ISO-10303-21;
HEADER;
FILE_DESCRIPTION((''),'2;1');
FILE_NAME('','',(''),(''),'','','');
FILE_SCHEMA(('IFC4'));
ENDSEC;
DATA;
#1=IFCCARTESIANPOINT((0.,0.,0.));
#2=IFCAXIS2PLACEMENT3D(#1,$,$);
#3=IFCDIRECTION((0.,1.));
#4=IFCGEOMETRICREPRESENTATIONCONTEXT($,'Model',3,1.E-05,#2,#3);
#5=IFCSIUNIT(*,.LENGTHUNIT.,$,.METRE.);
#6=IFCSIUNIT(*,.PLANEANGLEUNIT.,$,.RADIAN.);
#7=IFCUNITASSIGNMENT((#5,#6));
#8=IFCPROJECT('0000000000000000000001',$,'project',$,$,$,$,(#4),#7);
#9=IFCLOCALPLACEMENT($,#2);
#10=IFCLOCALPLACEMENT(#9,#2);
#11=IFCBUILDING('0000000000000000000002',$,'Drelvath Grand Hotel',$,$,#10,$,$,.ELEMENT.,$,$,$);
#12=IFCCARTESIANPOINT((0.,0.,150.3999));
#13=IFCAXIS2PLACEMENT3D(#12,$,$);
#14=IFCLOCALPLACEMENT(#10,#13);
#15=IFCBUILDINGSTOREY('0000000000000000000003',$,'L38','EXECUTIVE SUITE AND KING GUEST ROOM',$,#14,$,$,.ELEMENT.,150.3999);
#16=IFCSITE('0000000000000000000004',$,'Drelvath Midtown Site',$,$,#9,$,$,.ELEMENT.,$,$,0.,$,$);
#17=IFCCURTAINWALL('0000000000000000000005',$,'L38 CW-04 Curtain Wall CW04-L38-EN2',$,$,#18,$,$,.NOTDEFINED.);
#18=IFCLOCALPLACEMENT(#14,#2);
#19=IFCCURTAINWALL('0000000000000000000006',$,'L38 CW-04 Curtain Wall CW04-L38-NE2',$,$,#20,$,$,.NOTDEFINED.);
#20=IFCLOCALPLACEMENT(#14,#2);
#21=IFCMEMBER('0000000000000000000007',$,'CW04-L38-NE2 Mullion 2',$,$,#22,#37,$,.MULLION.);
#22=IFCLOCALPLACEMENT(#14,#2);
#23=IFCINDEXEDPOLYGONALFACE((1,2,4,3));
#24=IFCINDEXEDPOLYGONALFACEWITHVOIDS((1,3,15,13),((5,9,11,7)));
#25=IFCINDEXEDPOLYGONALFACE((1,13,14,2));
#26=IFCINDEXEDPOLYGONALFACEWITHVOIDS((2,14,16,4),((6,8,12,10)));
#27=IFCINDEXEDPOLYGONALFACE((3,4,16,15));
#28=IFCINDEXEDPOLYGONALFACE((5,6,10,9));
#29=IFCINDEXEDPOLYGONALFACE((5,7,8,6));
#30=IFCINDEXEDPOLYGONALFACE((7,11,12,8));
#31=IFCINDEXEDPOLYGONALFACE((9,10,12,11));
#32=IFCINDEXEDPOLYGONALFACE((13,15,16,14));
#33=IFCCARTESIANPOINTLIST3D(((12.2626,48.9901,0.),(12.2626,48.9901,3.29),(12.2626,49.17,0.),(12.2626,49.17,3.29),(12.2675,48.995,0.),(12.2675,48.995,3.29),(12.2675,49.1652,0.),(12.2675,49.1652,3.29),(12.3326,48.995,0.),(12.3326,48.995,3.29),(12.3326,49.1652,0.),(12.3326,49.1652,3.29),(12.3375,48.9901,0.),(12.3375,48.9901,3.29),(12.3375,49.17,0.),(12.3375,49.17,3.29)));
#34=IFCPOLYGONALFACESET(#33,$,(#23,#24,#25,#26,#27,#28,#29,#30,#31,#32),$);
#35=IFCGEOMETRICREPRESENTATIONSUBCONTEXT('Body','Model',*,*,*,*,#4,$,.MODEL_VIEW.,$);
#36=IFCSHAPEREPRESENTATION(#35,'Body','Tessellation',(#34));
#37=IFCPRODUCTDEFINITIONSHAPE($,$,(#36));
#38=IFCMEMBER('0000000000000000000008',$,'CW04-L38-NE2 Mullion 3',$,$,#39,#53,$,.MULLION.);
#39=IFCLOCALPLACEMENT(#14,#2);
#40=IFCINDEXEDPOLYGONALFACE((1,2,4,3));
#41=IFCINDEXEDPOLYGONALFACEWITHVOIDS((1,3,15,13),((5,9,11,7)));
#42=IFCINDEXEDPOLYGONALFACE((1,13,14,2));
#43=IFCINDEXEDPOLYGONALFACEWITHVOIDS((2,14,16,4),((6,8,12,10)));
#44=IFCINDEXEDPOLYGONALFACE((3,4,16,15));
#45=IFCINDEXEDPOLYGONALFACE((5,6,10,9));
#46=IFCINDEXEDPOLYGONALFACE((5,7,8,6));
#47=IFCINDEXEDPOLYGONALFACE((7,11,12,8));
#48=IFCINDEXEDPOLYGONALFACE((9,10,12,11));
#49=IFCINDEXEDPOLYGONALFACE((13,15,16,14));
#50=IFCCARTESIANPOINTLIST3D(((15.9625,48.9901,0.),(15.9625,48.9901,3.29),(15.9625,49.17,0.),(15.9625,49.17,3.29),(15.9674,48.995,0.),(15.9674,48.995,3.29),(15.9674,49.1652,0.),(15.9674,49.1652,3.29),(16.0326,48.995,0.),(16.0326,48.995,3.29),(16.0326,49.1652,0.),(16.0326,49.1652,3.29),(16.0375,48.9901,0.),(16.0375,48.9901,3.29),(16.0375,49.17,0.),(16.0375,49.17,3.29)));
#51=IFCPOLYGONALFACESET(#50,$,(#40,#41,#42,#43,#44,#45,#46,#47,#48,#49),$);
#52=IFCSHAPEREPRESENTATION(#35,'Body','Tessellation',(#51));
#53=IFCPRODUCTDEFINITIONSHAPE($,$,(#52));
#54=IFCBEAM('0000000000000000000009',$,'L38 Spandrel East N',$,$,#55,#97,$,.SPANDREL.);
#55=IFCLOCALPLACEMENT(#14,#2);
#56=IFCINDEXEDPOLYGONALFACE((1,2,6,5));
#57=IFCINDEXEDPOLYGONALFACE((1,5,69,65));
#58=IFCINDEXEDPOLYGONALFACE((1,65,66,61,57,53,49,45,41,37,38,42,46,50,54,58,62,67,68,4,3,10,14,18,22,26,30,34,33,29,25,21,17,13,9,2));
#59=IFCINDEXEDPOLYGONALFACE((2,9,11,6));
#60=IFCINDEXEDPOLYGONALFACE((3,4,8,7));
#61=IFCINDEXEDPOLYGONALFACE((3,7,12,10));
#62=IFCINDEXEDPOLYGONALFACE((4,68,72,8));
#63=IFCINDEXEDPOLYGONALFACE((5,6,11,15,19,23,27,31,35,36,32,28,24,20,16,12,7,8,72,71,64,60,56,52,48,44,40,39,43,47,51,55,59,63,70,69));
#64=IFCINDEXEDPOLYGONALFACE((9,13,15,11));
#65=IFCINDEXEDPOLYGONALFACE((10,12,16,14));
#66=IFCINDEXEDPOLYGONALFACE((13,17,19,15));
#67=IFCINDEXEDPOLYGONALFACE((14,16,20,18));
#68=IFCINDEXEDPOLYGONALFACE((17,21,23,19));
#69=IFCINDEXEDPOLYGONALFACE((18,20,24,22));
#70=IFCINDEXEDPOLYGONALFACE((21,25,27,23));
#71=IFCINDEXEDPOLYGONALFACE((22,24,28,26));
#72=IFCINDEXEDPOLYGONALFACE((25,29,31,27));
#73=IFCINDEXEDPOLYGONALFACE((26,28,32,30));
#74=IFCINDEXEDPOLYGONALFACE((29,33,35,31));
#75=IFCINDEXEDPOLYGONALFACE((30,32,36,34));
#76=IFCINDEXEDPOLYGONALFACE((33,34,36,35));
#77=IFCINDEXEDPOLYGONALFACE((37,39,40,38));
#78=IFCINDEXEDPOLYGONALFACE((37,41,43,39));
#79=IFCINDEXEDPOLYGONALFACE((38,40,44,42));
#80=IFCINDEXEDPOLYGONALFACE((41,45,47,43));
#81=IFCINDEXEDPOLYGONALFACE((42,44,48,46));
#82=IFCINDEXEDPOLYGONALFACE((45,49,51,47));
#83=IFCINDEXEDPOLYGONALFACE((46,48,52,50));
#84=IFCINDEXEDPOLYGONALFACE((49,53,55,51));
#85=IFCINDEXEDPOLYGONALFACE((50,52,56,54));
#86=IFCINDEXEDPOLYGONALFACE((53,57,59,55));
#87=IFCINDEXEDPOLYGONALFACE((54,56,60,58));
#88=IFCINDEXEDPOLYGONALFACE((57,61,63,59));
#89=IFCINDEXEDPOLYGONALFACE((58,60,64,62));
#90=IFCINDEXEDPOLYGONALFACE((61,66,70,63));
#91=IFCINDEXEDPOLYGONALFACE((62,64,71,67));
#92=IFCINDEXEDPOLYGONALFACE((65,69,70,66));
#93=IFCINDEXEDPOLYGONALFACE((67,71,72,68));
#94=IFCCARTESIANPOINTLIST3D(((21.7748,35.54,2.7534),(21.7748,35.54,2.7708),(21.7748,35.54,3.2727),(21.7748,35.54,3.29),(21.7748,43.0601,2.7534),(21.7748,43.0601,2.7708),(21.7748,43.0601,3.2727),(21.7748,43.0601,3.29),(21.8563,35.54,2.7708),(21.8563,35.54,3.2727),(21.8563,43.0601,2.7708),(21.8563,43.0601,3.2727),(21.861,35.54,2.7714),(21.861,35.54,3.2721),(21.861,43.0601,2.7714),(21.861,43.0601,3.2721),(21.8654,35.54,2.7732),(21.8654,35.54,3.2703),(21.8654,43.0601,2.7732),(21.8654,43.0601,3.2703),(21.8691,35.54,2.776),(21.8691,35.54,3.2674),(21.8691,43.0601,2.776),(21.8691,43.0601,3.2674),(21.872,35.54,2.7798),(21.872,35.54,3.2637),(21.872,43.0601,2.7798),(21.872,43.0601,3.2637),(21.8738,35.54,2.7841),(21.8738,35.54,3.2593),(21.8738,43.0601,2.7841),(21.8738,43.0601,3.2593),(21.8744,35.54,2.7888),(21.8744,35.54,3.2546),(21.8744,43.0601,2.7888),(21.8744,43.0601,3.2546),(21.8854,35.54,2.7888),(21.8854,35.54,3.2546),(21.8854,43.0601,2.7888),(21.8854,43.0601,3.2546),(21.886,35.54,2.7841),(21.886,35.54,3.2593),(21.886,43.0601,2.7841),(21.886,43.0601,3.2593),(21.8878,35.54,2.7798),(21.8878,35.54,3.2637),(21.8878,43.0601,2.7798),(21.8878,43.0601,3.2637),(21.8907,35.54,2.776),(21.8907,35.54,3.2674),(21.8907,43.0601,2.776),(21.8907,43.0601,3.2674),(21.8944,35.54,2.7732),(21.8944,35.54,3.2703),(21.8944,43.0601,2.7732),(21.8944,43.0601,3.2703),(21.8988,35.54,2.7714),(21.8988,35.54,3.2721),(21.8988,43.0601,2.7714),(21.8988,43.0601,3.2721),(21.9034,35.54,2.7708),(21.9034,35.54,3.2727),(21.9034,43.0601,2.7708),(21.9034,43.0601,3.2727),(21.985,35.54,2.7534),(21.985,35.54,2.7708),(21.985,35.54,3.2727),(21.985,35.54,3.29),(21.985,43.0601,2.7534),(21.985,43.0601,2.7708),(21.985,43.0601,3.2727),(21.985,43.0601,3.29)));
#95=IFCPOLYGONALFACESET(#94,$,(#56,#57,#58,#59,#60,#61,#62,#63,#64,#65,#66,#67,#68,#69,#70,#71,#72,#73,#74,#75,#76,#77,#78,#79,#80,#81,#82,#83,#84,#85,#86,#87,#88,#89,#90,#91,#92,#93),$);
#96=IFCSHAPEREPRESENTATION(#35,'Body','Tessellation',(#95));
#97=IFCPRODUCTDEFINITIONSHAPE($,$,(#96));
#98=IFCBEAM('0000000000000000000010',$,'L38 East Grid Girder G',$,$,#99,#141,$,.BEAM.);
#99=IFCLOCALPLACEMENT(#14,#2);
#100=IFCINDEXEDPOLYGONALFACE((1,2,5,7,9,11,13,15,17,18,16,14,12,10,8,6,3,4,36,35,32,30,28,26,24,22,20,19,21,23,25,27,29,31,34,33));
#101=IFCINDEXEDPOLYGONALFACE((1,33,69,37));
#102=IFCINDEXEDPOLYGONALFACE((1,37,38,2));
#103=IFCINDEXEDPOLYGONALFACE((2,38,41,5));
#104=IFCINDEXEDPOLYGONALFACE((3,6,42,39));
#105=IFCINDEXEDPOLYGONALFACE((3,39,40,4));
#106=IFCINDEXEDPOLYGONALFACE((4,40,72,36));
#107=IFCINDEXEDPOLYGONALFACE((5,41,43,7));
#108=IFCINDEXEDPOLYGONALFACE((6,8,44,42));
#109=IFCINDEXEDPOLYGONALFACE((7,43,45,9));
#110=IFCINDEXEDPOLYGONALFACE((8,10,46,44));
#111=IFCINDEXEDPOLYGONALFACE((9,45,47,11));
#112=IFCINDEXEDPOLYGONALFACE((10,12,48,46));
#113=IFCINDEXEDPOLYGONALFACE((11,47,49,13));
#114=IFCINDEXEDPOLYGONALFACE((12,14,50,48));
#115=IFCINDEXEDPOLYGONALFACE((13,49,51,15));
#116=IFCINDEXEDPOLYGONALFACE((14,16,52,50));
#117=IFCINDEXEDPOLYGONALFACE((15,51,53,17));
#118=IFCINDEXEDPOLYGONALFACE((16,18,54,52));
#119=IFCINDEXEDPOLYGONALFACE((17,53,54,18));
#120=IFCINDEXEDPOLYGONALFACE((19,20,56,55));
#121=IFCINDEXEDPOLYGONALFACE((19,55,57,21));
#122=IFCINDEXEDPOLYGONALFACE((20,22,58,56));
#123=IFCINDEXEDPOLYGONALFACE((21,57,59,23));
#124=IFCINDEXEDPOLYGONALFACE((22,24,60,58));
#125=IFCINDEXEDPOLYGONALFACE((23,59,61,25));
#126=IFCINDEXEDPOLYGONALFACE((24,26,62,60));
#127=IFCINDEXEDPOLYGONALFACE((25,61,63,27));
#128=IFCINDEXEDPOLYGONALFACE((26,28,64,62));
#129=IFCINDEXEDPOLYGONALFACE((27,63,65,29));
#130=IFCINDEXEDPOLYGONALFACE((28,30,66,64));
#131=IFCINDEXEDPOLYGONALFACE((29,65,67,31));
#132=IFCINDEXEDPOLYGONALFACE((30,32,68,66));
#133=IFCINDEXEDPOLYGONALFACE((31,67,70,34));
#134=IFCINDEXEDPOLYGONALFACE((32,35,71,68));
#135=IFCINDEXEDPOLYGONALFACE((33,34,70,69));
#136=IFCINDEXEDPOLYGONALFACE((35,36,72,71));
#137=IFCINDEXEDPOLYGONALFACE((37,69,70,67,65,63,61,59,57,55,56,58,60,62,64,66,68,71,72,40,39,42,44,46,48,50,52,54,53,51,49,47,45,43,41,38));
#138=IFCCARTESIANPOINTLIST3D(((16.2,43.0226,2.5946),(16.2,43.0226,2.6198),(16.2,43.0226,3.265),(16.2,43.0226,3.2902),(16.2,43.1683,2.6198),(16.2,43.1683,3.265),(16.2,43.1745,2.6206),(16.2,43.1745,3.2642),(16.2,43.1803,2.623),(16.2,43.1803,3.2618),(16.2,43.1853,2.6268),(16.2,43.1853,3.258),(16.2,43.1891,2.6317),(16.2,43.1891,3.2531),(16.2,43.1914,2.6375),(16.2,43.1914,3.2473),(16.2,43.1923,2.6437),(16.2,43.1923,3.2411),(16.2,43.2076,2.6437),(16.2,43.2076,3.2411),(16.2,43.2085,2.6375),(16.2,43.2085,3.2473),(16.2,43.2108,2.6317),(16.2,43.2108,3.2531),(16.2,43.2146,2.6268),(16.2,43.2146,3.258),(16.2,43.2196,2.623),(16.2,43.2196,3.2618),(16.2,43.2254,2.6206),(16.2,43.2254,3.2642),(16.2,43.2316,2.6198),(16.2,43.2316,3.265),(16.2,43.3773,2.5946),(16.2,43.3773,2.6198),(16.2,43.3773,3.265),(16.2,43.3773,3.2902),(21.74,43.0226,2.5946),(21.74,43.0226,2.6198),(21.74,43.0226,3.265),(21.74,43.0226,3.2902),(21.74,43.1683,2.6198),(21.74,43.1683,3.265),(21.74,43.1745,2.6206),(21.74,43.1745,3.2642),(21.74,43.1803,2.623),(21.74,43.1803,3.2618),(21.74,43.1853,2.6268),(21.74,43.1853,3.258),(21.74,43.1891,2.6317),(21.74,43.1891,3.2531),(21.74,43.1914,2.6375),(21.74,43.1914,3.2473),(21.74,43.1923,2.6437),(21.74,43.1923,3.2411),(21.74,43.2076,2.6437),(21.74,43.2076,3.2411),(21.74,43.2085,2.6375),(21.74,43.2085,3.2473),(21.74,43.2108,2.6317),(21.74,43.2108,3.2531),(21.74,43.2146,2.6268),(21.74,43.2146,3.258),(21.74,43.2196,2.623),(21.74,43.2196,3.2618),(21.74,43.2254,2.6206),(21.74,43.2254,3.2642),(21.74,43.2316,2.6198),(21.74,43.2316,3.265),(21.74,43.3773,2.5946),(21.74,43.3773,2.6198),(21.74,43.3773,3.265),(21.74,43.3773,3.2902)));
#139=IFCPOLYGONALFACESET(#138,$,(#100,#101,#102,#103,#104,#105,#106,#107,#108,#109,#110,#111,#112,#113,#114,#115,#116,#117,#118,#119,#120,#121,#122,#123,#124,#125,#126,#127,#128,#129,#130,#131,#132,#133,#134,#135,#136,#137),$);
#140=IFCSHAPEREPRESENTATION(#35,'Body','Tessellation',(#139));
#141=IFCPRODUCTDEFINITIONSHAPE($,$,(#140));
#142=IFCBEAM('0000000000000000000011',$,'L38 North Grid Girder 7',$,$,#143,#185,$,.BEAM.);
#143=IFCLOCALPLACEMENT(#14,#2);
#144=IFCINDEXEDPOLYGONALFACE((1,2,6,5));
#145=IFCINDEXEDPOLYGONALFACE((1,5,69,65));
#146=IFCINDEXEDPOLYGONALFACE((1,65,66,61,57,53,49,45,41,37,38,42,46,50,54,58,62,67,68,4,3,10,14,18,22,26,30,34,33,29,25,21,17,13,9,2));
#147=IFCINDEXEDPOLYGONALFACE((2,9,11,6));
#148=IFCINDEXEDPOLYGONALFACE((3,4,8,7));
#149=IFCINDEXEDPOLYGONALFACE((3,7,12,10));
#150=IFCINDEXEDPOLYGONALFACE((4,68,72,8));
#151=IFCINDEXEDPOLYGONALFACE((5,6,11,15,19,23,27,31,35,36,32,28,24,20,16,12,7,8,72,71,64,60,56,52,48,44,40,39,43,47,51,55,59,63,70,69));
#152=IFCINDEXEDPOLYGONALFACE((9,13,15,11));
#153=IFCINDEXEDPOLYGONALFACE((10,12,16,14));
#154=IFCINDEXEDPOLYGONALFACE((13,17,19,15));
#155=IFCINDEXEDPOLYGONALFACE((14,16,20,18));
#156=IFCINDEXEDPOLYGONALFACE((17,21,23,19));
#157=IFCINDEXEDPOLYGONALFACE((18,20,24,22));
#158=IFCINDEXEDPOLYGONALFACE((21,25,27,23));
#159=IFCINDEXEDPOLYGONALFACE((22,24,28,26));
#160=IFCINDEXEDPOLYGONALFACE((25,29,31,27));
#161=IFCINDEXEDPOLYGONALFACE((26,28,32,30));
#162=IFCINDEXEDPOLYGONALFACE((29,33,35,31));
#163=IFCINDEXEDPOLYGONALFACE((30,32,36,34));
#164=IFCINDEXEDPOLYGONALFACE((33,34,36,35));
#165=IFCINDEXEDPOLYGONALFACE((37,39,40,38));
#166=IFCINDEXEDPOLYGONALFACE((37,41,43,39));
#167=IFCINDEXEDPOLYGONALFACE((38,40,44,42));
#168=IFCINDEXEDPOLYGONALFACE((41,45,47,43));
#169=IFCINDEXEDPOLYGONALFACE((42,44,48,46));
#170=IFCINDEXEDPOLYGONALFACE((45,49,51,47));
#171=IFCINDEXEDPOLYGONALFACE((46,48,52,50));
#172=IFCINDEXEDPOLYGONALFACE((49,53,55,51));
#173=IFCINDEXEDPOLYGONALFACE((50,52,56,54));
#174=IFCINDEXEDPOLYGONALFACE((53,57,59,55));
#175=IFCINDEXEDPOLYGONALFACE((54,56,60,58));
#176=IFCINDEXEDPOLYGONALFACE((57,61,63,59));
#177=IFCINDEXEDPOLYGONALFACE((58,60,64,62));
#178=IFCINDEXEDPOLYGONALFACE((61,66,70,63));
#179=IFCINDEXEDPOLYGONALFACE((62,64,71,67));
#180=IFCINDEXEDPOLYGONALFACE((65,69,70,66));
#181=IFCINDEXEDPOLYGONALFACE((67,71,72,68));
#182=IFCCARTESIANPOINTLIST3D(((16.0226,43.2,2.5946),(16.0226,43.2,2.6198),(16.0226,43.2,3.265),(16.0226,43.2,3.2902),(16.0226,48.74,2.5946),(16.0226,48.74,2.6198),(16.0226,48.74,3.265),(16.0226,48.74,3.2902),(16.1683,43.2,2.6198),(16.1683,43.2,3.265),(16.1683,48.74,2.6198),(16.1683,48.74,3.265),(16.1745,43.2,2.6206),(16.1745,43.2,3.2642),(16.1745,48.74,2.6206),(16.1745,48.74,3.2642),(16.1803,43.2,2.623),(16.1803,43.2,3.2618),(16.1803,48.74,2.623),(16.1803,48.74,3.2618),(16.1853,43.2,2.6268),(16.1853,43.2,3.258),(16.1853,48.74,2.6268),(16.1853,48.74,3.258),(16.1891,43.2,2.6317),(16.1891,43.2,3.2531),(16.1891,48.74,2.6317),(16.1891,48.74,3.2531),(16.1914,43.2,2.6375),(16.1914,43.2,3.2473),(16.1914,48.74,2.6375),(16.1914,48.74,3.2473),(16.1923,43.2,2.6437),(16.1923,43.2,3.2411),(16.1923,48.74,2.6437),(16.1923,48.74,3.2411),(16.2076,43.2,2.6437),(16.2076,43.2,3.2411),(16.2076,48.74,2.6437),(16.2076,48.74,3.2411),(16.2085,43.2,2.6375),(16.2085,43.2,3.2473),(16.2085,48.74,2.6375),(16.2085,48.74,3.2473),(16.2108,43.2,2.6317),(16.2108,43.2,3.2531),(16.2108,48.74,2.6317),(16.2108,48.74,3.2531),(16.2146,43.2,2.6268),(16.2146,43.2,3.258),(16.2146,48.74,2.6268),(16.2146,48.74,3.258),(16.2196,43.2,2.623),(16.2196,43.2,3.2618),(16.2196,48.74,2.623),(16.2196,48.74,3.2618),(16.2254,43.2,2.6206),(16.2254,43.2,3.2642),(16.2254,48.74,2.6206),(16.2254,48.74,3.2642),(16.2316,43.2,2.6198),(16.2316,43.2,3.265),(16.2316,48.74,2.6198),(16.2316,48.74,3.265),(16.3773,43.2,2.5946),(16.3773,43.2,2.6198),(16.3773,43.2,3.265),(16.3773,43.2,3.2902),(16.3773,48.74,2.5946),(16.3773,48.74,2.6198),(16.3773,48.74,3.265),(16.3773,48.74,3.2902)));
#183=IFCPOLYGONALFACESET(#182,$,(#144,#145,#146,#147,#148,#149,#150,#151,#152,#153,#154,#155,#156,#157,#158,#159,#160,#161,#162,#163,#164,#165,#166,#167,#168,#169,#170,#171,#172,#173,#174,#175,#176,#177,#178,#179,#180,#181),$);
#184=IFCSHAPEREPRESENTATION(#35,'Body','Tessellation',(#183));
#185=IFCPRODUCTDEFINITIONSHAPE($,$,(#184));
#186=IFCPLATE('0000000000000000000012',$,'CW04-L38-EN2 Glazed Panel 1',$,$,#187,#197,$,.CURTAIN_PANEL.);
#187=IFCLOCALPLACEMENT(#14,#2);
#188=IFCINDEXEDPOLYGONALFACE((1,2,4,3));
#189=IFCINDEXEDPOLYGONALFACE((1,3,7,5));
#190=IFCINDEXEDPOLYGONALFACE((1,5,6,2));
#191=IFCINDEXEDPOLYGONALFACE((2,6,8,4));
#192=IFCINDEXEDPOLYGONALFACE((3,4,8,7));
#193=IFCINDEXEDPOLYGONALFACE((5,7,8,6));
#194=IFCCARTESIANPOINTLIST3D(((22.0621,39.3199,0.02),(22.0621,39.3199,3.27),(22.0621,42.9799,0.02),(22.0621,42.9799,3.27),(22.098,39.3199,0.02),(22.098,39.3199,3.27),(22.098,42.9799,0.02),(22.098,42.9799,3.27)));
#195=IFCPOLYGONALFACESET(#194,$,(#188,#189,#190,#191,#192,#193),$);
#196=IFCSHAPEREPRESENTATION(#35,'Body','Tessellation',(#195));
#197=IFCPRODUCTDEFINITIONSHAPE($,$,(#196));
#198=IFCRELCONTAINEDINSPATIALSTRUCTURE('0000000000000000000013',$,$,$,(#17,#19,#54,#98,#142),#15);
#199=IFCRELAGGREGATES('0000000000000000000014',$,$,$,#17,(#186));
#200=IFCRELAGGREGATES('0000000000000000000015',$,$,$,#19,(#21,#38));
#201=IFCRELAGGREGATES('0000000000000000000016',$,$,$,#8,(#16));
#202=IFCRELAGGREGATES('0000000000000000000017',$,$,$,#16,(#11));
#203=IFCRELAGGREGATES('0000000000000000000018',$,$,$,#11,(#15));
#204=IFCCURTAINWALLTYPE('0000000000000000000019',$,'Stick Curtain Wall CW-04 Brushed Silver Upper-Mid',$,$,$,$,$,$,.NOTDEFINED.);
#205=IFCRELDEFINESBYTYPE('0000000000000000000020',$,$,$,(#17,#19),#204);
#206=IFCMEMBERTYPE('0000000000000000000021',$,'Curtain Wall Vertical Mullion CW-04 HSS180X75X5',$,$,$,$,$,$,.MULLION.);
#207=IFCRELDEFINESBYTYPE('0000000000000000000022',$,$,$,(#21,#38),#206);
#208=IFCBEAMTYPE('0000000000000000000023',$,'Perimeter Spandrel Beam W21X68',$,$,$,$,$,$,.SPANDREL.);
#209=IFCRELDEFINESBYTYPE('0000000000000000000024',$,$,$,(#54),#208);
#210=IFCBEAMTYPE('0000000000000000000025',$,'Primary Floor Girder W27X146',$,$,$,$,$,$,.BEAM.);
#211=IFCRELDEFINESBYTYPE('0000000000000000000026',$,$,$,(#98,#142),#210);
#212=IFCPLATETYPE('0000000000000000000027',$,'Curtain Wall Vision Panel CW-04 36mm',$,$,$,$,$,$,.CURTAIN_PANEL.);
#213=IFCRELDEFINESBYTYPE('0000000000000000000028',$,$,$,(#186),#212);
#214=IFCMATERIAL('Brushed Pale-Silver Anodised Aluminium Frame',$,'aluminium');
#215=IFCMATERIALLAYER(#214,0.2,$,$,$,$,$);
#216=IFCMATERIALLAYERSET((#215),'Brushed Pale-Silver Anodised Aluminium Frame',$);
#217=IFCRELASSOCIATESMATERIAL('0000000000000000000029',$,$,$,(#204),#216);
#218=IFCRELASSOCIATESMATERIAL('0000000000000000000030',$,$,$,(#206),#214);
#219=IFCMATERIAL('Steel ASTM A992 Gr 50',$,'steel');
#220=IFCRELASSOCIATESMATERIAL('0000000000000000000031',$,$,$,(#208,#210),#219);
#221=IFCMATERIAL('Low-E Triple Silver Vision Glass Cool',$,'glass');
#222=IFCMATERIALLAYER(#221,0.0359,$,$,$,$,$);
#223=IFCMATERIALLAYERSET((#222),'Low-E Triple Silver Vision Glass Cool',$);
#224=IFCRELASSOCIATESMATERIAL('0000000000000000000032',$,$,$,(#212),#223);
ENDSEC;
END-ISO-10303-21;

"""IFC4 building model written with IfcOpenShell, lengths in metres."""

from ifc_helpers import new_model, si_unit, direction, frame, origin, origin_2d, place, context, subcontext, project, spatial, rectangle, hollow_rectangle, i_section, extrude, material, layer, layer_set, material_profile, profile_set, type_object, element, aggregate, save


model = new_model("IFC4")

# Units and contexts
model_context = context("Model", 3, precision=1e-05, world=origin(), true_north=direction((0.0, 1.0)))
body_context = subcontext(model_context, "Body", "Model", "MODEL_VIEW")
ifc_project = project(units=[si_unit("LENGTHUNIT", "METRE"), si_unit("PLANEANGLEUNIT", "RADIAN")], contexts=[model_context])

# Site, building, storey
site_placement = place(None, origin())
site = spatial("IfcSite", under=ifc_project, at=site_placement, Name="Drelvath Midtown Site", CompositionType="ELEMENT", RefElevation=0.0)
building_placement = place(site_placement, origin())
building = spatial("IfcBuilding", under=site, at=building_placement, Name="Drelvath Grand Hotel", CompositionType="ELEMENT")
storey_placement = place(building_placement, frame((0.0, 0.0, 150.3999)))
storey = spatial("IfcBuildingStorey", under=building, at=storey_placement, Name="L38", Description="EXECUTIVE SUITE AND KING GUEST ROOM", CompositionType="ELEMENT", Elevation=150.3999)

# Curtain walls, members
ifc_material_1 = material(Name="Brushed Pale-Silver Anodised Aluminium Frame", Category="aluminium")
ifc_layer_1 = layer(ifc_material_1, 0.2)
ifc_layer_set_1 = layer_set([ifc_layer_1], Name="Brushed Pale-Silver Anodised Aluminium Frame")
curtain_wall_type = type_object("IfcCurtainWallType", Name="Stick Curtain Wall CW-04 Brushed Silver Upper-Mid", PredefinedType="NOTDEFINED", material=ifc_layer_set_1)
curtain_wall_1_placement = place(storey_placement, origin())
curtain_wall_1 = element("IfcCurtainWall", 1, at=curtain_wall_1_placement, inside=storey, type_object=curtain_wall_type, Name="L38 CW-04 Curtain Wall CW04-L38-EN2", PredefinedType="NOTDEFINED")
ifc_material_profile_1 = material_profile(ifc_material_1, hollow_rectangle(XDim=0.075, YDim=0.1799, WallThickness=0.0049, at=origin_2d()), Name="HSS180X75X5")
ifc_profile_set_1 = profile_set([ifc_material_profile_1], Name="Brushed Pale-Silver Anodised Aluminium Frame")
member_type_1 = type_object("IfcMemberType", Name="Curtain Wall Vertical Mullion CW-04 HSS180X75X5", PredefinedType="MULLION", material=ifc_profile_set_1)
curtain_wall_2_placement = place(storey_placement, origin())
curtain_wall_2 = element("IfcCurtainWall", 2, at=curtain_wall_2_placement, inside=storey, type_object=curtain_wall_type, Name="L38 CW-04 Curtain Wall CW04-L38-NE2", PredefinedType="NOTDEFINED")
member_1_placement = place(storey_placement, frame((12.3, 49.0801, 0.0), z_axis=(0.0, 0.0, 1.0), x_axis=(1.0, 0.0, 0.0)))
member_1 = element("IfcMember", 3, at=member_1_placement, type_object=member_type_1, Name="CW04-L38-NE2 Mullion 2", PredefinedType="MULLION", context=body_context, shape_type="SweptSolid", body=[
    extrude(hollow_rectangle(XDim=0.075, YDim=0.1799, WallThickness=0.0049, at=origin_2d()), origin(), (0.0, 0.0, 1.0), 3.29),
])
member_2_placement = place(storey_placement, frame((16.0, 49.0801, 0.0), z_axis=(0.0, 0.0, 1.0), x_axis=(1.0, 0.0, 0.0)))
member_2 = element("IfcMember", 4, at=member_2_placement, type_object=member_type_1, Name="CW04-L38-NE2 Mullion 3", PredefinedType="MULLION", context=body_context, shape_type="SweptSolid", body=[
    extrude(hollow_rectangle(XDim=0.075, YDim=0.1799, WallThickness=0.0049, at=origin_2d()), origin(), (0.0, 0.0, 1.0), 3.29),
])

# Beams
ifc_material_2 = material(Name="Steel ASTM A992 Gr 50", Category="steel")
ifc_material_profile_2 = material_profile(ifc_material_2, i_section(OverallWidth=0.2102, OverallDepth=0.5366, WebThickness=0.011, FlangeThickness=0.0173, FilletRadius=0.0181, at=origin_2d()), Name="W21X68")
ifc_profile_set_2 = profile_set([ifc_material_profile_2], Name="Steel ASTM A992 Gr 50")
beam_type_1 = type_object("IfcBeamType", Name="Perimeter Spandrel Beam W21X68", PredefinedType="SPANDREL", material=ifc_profile_set_2)
beam_placement = place(storey_placement, frame((21.8799, 35.54, 3.0217), z_axis=(0.0, 1.0, 0.0), x_axis=(-1.0, 0.0, 0.0)))
element("IfcBeam", 5, at=beam_placement, inside=storey, type_object=beam_type_1, Name="L38 Spandrel East N", PredefinedType="SPANDREL", context=body_context, shape_type="SweptSolid", body=[
    extrude(i_section(OverallWidth=0.2102, OverallDepth=0.5366, WebThickness=0.011, FlangeThickness=0.0173, FilletRadius=0.0181, at=origin_2d()), origin(), (0.0, 0.0, 1.0), 7.52),
])
ifc_material_profile_3 = material_profile(ifc_material_2, i_section(OverallWidth=0.3547, OverallDepth=0.6956, WebThickness=0.0154, FlangeThickness=0.0251, FilletRadius=0.0239, at=origin_2d()), Name="W27X146")
ifc_profile_set_3 = profile_set([ifc_material_profile_3], Name="Steel ASTM A992 Gr 50")
beam_type_2 = type_object("IfcBeamType", Name="Primary Floor Girder W27X146", PredefinedType="BEAM", material=ifc_profile_set_3)
for number, where, z_axis, x_axis, name in (
    (6, (16.2, 43.2, 2.9424), (1.0, 0.0, 0.0), (0.0, 1.0, 0.0), "L38 East Grid Girder G"),
    (7, (16.2, 43.2, 2.9424), (0.0, 1.0, 0.0), (-1.0, 0.0, 0.0), "L38 North Grid Girder 7"),
):
    element("IfcBeam", number, at=place(storey_placement, frame(where, z_axis=z_axis, x_axis=x_axis)), inside=storey, type_object=beam_type_2, Name=name, PredefinedType="BEAM", context=body_context, shape_type="SweptSolid", body=[
        extrude(i_section(OverallWidth=0.3547, OverallDepth=0.6956, WebThickness=0.0154, FlangeThickness=0.0251, FilletRadius=0.0239, at=origin_2d()), origin(), (0.0, 0.0, 1.0), 5.54),
    ])

# Plate
ifc_material_3 = material(Name="Low-E Triple Silver Vision Glass Cool", Category="glass")
ifc_layer_2 = layer(ifc_material_3, 0.0359)
ifc_layer_set_2 = layer_set([ifc_layer_2], Name="Low-E Triple Silver Vision Glass Cool")
plate_type = type_object("IfcPlateType", Name="Curtain Wall Vision Panel CW-04 36mm", PredefinedType="CURTAIN_PANEL", material=ifc_layer_set_2)
plate_1_placement = place(storey_placement, frame((22.0801, 41.1499, 0.02), z_axis=(0.0, 0.0, 1.0), x_axis=(0.0, -1.0, 0.0)))
plate_1 = element("IfcPlate", 8, at=plate_1_placement, type_object=plate_type, Name="CW04-L38-EN2 Glazed Panel 1", PredefinedType="CURTAIN_PANEL", context=body_context, shape_type="SweptSolid", body=[
    extrude(rectangle(XDim=3.6599, YDim=0.0359, at=origin_2d()), origin(), (0.0, 0.0, 1.0), 3.25),
])
aggregate(curtain_wall_1, [plate_1])
aggregate(curtain_wall_2, [member_1, member_2])

save(model, "model.ifc")
